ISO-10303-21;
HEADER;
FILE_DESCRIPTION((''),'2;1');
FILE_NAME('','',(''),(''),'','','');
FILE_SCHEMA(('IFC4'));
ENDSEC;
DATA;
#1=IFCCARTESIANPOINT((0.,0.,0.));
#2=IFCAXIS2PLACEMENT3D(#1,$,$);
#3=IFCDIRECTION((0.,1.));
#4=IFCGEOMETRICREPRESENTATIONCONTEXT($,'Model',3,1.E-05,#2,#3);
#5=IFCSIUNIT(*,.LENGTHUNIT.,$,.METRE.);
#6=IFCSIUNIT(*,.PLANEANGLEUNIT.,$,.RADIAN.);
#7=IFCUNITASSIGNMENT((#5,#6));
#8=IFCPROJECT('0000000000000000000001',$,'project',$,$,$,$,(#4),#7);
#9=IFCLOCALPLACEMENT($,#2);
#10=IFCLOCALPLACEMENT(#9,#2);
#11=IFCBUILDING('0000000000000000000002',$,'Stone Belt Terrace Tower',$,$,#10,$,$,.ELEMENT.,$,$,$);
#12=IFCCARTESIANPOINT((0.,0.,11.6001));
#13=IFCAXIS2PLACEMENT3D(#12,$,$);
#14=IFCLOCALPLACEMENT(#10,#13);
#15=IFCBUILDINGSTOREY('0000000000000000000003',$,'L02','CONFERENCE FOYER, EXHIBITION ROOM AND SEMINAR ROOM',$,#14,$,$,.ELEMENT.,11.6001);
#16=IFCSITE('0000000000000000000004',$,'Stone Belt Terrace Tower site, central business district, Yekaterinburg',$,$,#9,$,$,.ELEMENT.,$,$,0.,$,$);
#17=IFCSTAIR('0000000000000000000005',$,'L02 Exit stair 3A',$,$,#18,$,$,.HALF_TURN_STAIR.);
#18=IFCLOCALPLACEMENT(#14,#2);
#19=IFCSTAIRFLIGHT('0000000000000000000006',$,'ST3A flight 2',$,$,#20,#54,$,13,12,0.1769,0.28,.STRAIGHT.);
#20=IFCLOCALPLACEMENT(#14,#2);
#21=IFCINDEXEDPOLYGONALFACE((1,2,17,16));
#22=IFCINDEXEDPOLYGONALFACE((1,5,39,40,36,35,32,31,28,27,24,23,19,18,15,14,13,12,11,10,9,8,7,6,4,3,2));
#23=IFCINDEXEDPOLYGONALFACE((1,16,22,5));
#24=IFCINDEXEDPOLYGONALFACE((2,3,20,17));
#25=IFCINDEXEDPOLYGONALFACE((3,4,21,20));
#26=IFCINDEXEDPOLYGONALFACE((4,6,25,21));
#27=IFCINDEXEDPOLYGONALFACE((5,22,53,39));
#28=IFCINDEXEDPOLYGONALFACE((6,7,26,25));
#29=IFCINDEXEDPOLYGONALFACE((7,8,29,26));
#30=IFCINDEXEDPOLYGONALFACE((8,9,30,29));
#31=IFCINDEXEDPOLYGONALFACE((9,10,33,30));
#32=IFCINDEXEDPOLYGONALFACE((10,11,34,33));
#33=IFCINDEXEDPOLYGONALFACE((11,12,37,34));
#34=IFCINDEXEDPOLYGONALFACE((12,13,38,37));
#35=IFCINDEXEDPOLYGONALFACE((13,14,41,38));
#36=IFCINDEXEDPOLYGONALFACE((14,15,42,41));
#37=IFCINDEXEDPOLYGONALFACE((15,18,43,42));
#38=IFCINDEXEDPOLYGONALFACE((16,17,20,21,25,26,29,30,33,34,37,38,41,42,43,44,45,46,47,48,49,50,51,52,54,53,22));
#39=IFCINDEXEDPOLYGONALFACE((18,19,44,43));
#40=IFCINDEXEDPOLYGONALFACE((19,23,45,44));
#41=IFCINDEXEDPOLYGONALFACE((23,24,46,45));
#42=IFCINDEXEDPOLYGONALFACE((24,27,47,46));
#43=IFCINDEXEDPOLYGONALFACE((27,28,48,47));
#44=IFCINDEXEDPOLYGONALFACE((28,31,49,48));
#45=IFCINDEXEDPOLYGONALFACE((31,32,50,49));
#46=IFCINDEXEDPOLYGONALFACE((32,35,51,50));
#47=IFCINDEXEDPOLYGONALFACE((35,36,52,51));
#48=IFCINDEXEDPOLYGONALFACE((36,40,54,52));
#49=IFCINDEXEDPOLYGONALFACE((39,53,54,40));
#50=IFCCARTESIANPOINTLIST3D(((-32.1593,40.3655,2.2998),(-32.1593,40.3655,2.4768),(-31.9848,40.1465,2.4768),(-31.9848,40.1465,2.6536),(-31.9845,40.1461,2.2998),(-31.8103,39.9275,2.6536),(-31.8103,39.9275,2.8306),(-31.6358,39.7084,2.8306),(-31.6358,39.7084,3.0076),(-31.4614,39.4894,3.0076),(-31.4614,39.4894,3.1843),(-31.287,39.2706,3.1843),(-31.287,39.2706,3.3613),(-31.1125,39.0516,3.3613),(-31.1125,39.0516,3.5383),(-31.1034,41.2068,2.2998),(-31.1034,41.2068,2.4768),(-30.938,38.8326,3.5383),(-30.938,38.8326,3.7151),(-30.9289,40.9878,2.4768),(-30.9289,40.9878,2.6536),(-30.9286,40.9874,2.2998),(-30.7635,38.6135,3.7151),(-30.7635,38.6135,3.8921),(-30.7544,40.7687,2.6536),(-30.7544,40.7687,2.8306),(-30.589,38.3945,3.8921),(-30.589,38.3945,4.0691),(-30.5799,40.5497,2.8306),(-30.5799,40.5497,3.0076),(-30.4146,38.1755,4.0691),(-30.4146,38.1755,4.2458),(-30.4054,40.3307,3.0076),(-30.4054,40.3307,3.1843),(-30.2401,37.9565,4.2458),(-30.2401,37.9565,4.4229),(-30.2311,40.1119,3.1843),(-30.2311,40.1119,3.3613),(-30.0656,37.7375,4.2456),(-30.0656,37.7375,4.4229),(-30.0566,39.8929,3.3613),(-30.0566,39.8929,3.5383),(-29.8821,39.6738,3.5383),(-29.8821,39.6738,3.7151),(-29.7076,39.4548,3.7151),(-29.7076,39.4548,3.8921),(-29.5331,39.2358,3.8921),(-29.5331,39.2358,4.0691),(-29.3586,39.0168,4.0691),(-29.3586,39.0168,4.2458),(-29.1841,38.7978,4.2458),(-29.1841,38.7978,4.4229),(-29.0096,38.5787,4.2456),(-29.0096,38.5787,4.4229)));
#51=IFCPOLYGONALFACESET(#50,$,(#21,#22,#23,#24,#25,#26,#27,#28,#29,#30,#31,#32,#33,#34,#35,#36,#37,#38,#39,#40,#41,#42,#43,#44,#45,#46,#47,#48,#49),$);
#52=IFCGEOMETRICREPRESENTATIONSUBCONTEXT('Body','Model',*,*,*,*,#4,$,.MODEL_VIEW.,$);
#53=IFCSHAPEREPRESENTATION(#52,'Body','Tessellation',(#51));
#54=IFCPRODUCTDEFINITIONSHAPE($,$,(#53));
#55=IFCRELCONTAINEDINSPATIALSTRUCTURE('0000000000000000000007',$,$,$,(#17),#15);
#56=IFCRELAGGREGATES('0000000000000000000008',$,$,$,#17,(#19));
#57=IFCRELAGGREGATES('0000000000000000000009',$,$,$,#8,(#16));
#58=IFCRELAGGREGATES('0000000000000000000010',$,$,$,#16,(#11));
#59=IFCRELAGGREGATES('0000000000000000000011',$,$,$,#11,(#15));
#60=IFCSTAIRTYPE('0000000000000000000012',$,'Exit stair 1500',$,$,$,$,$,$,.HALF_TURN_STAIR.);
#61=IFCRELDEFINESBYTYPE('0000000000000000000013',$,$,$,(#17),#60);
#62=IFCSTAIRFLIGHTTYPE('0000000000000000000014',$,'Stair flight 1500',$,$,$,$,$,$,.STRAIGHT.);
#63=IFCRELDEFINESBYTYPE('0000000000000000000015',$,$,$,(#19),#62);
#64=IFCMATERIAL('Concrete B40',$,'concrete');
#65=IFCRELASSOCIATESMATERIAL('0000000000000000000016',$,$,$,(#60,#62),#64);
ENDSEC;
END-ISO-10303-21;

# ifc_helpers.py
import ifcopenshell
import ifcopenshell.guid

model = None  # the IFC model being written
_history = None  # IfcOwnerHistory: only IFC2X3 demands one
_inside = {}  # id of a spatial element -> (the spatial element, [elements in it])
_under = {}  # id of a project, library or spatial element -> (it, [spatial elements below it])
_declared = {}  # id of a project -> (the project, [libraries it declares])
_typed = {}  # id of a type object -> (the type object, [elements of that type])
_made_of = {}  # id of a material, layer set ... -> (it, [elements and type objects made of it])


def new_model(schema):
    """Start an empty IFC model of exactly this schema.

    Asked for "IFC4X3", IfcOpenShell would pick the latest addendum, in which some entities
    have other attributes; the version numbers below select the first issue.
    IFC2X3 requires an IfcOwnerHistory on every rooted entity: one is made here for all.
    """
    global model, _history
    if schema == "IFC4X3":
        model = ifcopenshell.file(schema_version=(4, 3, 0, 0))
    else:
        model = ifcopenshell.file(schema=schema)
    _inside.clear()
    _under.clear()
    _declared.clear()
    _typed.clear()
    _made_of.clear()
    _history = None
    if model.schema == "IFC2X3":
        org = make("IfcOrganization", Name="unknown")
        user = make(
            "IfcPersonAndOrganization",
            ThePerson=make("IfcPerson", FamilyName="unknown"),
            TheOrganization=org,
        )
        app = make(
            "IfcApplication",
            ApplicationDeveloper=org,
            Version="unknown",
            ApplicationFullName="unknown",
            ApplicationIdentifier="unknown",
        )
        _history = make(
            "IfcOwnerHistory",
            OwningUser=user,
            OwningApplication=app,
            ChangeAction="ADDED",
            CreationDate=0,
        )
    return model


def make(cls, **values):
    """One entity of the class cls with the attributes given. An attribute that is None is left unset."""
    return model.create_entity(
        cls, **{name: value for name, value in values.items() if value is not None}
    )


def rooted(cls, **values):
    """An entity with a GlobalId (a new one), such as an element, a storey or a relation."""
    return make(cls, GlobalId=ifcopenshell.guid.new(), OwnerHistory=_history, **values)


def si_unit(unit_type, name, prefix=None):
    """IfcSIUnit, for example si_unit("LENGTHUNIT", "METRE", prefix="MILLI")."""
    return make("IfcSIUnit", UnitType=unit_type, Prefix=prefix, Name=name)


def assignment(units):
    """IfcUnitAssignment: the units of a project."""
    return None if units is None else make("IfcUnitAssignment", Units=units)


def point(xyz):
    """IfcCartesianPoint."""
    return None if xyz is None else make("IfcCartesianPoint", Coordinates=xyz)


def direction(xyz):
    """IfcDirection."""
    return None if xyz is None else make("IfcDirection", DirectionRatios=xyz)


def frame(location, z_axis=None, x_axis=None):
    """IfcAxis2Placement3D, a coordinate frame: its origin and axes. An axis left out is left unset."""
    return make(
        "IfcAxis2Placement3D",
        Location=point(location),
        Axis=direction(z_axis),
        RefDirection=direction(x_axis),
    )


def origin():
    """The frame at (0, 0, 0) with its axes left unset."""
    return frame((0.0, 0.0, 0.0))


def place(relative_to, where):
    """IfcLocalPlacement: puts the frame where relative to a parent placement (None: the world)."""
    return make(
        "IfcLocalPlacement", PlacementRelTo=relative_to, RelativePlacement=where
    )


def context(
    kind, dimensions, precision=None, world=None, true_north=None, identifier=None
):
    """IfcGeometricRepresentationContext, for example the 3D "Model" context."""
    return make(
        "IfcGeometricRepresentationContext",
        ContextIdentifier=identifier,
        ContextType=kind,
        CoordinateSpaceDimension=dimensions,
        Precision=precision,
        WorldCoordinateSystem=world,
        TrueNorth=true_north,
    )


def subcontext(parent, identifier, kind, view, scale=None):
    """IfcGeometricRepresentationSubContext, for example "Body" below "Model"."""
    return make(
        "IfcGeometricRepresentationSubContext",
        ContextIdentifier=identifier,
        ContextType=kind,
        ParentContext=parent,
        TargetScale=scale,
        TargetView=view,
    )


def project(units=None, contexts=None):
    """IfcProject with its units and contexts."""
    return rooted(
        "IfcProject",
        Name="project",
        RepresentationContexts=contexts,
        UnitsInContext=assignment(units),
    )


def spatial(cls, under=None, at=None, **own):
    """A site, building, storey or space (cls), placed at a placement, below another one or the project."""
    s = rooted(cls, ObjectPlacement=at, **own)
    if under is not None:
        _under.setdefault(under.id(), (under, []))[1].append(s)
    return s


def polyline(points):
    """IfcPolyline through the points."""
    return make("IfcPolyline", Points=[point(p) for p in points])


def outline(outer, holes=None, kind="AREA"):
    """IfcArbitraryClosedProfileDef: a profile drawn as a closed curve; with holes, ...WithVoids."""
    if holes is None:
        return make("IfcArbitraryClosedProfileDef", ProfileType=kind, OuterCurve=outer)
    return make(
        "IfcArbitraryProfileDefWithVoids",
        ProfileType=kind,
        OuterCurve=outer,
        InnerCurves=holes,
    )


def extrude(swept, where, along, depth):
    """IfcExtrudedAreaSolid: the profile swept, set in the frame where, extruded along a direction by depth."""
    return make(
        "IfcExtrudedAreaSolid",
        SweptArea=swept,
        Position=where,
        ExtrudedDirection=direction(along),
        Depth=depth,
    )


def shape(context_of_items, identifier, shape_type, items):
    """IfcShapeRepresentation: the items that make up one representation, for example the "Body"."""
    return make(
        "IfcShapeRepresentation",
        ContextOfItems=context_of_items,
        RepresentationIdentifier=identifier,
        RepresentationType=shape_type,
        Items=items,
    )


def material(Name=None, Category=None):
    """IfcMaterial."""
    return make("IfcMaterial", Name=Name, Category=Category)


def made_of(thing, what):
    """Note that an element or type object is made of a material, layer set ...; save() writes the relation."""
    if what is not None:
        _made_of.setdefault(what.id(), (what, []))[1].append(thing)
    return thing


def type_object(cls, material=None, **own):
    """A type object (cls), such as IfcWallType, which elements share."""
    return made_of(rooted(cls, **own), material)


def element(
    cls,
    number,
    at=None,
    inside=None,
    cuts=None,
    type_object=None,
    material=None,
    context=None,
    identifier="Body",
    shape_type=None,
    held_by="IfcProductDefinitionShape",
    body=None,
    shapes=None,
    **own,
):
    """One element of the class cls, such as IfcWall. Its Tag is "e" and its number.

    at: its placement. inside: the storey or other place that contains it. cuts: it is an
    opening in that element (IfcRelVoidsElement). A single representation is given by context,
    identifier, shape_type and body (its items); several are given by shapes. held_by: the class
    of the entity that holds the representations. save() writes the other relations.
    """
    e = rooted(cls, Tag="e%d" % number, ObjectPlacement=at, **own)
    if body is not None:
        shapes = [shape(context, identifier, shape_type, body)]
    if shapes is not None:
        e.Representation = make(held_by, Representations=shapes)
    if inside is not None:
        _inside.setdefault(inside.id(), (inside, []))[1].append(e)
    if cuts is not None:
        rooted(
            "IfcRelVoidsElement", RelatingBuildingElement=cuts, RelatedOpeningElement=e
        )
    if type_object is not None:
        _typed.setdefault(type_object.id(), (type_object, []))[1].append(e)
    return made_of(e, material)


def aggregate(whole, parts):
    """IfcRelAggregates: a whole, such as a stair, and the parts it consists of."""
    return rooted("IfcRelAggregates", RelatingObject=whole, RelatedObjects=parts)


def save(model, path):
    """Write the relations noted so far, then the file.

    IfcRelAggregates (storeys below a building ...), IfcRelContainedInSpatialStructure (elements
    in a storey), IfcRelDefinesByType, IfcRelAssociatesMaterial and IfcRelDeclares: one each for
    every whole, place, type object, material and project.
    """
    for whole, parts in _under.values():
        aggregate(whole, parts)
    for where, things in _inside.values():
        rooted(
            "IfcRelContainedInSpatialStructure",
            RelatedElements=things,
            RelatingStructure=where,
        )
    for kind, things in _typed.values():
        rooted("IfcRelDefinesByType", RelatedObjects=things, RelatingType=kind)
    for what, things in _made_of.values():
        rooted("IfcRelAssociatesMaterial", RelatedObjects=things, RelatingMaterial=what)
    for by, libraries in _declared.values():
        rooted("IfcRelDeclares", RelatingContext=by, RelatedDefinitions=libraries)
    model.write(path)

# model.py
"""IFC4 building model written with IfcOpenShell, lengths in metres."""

from ifc_helpers import new_model, si_unit, direction, frame, origin, place, context, subcontext, project, spatial, polyline, outline, extrude, material, type_object, element, aggregate, save


model = new_model("IFC4")

# Units and contexts
model_context = context("Model", 3, precision=1e-05, world=origin(), true_north=direction((0.0, 1.0)))
body_context = subcontext(model_context, "Body", "Model", "MODEL_VIEW")
ifc_project = project(units=[si_unit("LENGTHUNIT", "METRE"), si_unit("PLANEANGLEUNIT", "RADIAN")], contexts=[model_context])

# Site, building, storey
site_placement = place(None, origin())
site = spatial("IfcSite", under=ifc_project, at=site_placement, Name="Stone Belt Terrace Tower site, central business district, Yekaterinburg", CompositionType="ELEMENT", RefElevation=0.0)
building_placement = place(site_placement, origin())
building = spatial("IfcBuilding", under=site, at=building_placement, Name="Stone Belt Terrace Tower", CompositionType="ELEMENT")
storey_placement = place(building_placement, frame((0.0, 0.0, 11.6001)))
storey = spatial("IfcBuildingStorey", under=building, at=storey_placement, Name="L02", Description="CONFERENCE FOYER, EXHIBITION ROOM AND SEMINAR ROOM", CompositionType="ELEMENT", Elevation=11.6001)

# Stair, stair flight
ifc_material_1 = material(Name="Concrete B40", Category="concrete")
stair_type = type_object("IfcStairType", Name="Exit stair 1500", PredefinedType="HALF_TURN_STAIR", material=ifc_material_1)
stair_flight_type = type_object("IfcStairFlightType", Name="Stair flight 1500", PredefinedType="STRAIGHT", material=ifc_material_1)
stair_1_placement = place(storey_placement, origin())
stair_1 = element("IfcStair", 1, at=stair_1_placement, inside=storey, type_object=stair_type, Name="L02 Exit stair 3A", PredefinedType="HALF_TURN_STAIR")
stair_flight_1_placement = place(storey_placement, frame((-31.6313, 40.7861, 2.2998), z_axis=(0.0, 0.0, 1.0), x_axis=(0.623121, -0.782125, 0.0)))
stair_flight_1 = element("IfcStairFlight", 2, at=stair_flight_1_placement, type_object=stair_flight_type, Name="ST3A flight 2", NumberOfRisers=13, NumberOfTreads=12, PredefinedType="STRAIGHT", RiserHeight=0.1769, TreadLength=0.28, context=body_context, shape_type="SweptSolid", body=[
    extrude(outline(polyline([(0.0, 0.0), (0.0, 0.177), (0.28, 0.177), (0.28, 0.3538), (0.5601, 0.3538), (0.5601, 0.5308), (0.8401, 0.5308), (0.8401, 0.7078), (1.1201, 0.7078), (1.1201, 0.8845), (1.3999, 0.8845), (1.3999, 1.0615), (1.6799, 1.0615), (1.6799, 1.2385), (1.96, 1.2385), (1.96, 1.4153), (2.24, 1.4153), (2.24, 1.5923), (2.52, 1.5923), (2.52, 1.7693), (2.8, 1.7693), (2.8, 1.946), (3.0801, 1.946), (3.0801, 2.123), (3.3601, 2.123), (3.3601, 2.3), (3.3601, 1.9458), (0.2805, 0.0), (0.0, 0.0)])), frame((0.0, 0.675, 0.0), z_axis=(0.0, -1.0, 0.0), x_axis=(1.0, 0.0, 0.0)), (0.0, 0.0, 1.0), 1.3501),
])
aggregate(stair_1, [stair_flight_1])

save(model, "model.ifc")
